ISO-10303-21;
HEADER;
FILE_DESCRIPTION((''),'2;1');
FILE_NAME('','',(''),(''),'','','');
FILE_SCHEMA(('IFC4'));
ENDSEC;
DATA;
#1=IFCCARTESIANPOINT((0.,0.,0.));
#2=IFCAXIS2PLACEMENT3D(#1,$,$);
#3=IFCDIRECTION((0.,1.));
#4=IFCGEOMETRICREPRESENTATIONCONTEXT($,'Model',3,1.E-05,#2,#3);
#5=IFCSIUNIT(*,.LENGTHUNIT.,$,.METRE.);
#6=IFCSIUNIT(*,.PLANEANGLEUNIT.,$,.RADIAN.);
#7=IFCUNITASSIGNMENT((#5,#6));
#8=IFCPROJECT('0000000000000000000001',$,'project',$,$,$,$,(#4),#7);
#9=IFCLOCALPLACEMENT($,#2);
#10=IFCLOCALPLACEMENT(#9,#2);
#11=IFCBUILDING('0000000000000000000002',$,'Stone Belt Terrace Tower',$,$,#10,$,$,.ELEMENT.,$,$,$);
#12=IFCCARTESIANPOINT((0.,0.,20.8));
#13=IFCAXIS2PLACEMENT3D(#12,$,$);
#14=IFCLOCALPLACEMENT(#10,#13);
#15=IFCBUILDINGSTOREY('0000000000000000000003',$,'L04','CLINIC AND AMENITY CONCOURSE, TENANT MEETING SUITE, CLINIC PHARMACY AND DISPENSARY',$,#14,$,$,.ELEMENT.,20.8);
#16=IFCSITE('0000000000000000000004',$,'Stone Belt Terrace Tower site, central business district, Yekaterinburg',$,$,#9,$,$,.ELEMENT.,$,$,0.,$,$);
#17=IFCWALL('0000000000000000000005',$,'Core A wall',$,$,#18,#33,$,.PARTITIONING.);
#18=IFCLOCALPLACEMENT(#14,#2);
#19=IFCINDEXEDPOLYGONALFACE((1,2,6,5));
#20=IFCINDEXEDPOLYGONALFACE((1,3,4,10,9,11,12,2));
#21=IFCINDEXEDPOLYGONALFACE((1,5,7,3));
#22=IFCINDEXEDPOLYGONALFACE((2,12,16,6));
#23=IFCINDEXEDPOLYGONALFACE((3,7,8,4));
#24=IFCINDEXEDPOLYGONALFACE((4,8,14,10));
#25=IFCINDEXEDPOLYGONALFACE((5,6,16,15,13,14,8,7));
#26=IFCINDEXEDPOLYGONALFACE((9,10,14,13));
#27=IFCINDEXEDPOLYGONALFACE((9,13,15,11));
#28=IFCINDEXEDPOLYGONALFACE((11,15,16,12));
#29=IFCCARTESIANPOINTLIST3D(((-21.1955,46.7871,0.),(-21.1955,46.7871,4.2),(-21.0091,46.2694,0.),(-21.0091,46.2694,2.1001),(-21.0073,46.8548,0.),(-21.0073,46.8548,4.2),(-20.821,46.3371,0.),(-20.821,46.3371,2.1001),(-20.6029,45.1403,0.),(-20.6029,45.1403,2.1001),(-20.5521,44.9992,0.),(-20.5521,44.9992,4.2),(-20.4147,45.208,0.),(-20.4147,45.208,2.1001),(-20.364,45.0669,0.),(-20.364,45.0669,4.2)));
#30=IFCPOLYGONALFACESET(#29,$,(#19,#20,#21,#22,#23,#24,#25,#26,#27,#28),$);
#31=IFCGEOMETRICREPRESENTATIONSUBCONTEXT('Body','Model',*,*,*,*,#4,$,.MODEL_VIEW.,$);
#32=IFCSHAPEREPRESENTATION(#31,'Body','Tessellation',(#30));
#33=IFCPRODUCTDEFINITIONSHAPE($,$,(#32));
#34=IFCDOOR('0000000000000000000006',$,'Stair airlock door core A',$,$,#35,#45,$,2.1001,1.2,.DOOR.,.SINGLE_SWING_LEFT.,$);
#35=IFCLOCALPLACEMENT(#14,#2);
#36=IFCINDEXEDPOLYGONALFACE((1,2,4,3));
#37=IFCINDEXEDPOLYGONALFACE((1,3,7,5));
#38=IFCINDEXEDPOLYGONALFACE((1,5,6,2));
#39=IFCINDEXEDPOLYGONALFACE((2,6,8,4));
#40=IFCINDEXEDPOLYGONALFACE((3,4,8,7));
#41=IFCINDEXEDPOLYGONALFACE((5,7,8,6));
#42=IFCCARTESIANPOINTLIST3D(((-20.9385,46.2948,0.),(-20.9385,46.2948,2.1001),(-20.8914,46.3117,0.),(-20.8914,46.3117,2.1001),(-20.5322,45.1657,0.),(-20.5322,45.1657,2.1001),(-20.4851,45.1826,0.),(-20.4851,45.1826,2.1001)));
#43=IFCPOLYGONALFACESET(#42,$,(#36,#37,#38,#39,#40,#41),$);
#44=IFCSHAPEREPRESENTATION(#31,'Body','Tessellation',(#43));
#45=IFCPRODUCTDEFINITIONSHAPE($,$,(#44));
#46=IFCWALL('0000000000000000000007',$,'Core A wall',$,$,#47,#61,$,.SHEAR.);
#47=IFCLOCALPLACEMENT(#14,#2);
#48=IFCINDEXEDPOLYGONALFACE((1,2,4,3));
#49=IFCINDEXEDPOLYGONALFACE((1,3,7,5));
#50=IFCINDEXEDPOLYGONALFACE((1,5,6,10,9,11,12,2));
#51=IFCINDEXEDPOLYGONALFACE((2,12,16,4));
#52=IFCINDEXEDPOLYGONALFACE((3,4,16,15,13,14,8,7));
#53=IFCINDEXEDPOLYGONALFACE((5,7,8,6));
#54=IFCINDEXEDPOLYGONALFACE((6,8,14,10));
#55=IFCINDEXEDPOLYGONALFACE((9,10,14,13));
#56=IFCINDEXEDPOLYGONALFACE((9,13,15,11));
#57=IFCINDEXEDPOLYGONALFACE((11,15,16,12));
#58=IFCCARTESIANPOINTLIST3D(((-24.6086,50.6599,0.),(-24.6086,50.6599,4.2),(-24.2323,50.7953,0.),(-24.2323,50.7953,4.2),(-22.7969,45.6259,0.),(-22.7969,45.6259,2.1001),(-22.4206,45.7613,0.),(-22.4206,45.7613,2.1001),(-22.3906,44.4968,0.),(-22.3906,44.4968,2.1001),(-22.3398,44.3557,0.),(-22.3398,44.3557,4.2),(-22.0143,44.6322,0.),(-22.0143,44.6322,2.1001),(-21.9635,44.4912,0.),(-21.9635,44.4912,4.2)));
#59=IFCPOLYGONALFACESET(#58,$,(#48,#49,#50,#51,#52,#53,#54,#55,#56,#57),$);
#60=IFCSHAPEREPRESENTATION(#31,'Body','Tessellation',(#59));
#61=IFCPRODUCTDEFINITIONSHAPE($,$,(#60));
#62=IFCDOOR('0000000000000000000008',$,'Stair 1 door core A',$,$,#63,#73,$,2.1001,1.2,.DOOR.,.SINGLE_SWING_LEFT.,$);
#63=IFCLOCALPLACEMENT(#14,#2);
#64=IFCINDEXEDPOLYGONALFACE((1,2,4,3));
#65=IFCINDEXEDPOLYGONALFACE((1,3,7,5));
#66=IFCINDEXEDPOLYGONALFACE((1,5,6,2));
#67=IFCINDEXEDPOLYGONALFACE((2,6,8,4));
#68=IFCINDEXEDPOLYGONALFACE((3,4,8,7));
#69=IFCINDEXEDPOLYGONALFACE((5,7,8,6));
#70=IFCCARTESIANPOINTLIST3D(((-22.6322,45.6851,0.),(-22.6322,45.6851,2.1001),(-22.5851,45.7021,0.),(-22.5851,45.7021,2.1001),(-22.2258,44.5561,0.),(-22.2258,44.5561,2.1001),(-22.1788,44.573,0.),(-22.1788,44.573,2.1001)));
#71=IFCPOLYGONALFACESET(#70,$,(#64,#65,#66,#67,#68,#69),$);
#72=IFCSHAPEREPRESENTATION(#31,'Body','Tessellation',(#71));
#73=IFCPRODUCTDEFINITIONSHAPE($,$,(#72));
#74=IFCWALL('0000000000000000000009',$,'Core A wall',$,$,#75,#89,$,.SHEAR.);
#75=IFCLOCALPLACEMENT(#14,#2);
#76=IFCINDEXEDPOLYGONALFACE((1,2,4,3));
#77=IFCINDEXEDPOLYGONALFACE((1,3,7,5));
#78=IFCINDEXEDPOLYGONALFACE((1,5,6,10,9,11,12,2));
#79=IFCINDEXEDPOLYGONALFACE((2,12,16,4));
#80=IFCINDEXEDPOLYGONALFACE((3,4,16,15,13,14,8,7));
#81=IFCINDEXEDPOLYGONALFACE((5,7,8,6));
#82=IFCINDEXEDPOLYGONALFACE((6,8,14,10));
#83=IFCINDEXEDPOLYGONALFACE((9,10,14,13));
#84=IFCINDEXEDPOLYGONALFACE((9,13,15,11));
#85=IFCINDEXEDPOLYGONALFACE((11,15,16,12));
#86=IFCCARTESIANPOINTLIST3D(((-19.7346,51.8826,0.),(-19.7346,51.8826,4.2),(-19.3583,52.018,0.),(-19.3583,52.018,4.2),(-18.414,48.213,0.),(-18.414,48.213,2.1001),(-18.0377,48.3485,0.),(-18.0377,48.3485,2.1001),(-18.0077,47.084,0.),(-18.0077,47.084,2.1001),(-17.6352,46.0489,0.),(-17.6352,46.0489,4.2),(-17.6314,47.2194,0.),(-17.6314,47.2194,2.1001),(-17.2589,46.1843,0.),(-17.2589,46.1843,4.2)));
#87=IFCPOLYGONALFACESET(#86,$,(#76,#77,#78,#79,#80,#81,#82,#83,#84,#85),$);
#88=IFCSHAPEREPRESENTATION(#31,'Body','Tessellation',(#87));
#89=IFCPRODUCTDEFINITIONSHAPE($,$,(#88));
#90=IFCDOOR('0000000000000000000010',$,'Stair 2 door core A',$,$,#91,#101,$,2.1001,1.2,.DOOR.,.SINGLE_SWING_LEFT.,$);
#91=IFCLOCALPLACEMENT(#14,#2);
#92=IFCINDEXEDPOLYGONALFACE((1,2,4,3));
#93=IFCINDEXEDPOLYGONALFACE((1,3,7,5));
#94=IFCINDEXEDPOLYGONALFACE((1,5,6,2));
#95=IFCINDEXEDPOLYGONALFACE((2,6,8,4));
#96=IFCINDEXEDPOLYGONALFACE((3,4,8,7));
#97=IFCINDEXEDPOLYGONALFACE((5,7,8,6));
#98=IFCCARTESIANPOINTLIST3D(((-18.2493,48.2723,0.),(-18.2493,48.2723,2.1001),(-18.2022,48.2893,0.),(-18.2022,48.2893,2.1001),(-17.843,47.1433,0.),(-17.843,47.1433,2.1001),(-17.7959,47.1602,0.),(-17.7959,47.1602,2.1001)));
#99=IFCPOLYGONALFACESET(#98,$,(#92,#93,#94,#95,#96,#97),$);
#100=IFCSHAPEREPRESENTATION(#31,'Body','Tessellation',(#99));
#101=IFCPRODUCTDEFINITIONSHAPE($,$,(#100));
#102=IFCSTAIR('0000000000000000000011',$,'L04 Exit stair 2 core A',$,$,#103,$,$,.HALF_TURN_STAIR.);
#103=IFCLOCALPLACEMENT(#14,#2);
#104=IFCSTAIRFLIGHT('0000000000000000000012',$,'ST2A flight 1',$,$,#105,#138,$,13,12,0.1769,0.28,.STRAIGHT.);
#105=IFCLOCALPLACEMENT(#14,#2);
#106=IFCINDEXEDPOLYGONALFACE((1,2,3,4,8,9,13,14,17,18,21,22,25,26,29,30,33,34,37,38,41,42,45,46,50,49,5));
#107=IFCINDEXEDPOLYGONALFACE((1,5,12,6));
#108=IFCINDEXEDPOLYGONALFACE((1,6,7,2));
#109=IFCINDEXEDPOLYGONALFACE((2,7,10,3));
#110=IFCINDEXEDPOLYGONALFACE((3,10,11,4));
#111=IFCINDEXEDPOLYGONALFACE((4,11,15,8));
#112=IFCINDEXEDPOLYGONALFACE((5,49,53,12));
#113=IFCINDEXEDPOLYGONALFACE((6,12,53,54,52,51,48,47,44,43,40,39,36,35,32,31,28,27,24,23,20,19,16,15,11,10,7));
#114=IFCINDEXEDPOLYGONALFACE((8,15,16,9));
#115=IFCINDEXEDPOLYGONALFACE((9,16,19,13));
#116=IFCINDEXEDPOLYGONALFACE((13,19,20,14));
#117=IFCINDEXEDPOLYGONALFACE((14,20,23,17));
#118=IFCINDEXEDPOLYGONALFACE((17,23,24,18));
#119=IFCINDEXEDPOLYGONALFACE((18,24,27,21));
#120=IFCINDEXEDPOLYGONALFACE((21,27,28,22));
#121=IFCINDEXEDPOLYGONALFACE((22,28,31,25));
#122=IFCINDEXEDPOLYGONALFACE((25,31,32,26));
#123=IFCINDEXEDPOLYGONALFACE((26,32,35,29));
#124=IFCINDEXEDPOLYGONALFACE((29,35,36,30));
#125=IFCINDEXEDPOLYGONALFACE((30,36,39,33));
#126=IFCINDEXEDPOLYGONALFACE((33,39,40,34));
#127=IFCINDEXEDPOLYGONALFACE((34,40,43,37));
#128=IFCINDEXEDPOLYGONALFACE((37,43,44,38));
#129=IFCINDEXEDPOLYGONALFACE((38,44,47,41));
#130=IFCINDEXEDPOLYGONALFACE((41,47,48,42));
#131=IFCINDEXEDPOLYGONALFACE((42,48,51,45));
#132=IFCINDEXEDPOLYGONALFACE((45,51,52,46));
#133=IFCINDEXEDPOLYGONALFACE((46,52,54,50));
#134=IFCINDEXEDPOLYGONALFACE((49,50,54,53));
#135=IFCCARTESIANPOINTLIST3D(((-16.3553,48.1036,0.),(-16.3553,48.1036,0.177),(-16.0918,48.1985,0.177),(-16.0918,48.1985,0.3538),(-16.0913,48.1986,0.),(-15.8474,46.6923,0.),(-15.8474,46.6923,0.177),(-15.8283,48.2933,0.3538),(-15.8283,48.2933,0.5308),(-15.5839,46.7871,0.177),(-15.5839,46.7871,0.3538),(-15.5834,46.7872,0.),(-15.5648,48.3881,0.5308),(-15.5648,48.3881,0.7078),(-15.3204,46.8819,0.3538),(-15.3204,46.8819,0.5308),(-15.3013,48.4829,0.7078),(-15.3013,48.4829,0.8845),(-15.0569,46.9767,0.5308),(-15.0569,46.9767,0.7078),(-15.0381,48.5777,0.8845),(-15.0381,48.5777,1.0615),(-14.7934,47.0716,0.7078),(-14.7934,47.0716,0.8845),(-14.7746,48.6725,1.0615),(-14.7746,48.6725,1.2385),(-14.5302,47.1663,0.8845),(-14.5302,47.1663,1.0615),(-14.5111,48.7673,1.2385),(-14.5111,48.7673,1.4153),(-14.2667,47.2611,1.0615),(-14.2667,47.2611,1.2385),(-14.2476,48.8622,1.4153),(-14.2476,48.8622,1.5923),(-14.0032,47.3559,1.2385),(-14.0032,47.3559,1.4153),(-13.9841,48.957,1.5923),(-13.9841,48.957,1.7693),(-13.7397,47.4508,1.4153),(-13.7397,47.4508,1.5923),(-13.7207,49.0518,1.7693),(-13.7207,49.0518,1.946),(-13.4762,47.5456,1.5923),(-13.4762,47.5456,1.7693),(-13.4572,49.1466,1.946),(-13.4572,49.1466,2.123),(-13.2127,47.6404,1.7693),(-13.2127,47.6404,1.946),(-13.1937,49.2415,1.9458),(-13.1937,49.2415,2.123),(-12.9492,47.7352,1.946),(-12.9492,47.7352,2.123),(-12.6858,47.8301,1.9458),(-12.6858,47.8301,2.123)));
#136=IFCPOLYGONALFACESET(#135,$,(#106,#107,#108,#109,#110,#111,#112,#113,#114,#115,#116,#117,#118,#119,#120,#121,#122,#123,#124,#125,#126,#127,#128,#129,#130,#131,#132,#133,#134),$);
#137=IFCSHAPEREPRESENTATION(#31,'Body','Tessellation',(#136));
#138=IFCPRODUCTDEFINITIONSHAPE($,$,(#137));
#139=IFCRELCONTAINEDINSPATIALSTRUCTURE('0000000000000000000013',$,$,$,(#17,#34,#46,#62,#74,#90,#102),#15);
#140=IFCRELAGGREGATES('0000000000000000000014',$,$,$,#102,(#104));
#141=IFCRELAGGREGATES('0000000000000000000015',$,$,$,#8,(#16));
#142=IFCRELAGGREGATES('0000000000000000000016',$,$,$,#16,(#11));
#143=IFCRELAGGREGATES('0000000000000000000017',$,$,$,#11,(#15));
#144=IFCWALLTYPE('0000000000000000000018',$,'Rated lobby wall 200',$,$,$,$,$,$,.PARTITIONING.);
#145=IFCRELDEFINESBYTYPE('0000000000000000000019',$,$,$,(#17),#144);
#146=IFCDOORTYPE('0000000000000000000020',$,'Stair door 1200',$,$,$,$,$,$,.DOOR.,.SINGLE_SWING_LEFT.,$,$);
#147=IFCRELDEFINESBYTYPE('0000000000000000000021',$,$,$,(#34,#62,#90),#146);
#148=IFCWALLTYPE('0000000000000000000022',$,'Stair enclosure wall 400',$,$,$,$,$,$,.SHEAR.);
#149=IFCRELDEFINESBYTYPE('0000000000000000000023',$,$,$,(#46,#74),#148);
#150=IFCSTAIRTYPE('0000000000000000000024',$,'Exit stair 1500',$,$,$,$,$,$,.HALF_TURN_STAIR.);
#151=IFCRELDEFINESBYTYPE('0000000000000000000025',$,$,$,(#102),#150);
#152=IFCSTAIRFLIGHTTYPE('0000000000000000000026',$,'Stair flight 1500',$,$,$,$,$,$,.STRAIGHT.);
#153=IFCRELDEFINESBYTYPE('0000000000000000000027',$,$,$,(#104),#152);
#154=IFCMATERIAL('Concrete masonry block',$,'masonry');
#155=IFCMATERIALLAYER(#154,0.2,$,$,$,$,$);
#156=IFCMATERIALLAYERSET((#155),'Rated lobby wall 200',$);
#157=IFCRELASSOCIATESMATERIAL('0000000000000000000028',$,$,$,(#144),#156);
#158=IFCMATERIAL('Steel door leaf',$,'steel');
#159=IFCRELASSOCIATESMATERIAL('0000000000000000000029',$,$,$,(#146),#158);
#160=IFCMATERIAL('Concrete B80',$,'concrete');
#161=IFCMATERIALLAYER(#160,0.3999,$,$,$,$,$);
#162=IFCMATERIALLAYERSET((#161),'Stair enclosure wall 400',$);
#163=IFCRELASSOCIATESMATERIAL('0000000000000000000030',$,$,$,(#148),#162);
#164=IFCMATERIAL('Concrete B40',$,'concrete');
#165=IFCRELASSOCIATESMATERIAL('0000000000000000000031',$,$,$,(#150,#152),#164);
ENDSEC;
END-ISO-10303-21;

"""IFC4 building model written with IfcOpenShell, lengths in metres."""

from ifc_helpers import new_model, si_unit, direction, frame, frame_2d, origin, place, context, subcontext, project, spatial, polyline, rectangle, outline, extrude, material, layer, layer_set, type_object, element, fill, aggregate, save


model = new_model("IFC4")

# Units and contexts
model_context = context("Model", 3, precision=1e-05, world=origin(), true_north=direction((0.0, 1.0)))
body_context = subcontext(model_context, "Body", "Model", "MODEL_VIEW")
ifc_project = project(units=[si_unit("LENGTHUNIT", "METRE"), si_unit("PLANEANGLEUNIT", "RADIAN")], contexts=[model_context])

# Site, building, storey
site_placement = place(None, origin())
site = spatial("IfcSite", under=ifc_project, at=site_placement, Name="Stone Belt Terrace Tower site, central business district, Yekaterinburg", CompositionType="ELEMENT", RefElevation=0.0)
building_placement = place(site_placement, origin())
building = spatial("IfcBuilding", under=site, at=building_placement, Name="Stone Belt Terrace Tower", CompositionType="ELEMENT")
storey_placement = place(building_placement, frame((0.0, 0.0, 20.8)))
storey = spatial("IfcBuildingStorey", under=building, at=storey_placement, Name="L04", Description="CLINIC AND AMENITY CONCOURSE, TENANT MEETING SUITE, CLINIC PHARMACY AND DISPENSARY", CompositionType="ELEMENT", Elevation=20.8)

# Shared definitions
ifc_material_1 = material(Name="Concrete B80", Category="concrete")

# Shared definitions
ifc_material_2 = material(Name="Concrete masonry block", Category="masonry")
ifc_layer_1 = layer(ifc_material_2, 0.2)
ifc_layer_set_1 = layer_set([ifc_layer_1], Name="Rated lobby wall 200")
wall_type_1 = type_object("IfcWallType", Name="Rated lobby wall 200", PredefinedType="PARTITIONING", material=ifc_layer_set_1)

# Walls, openings, doors
wall_1_placement = place(storey_placement, frame((-20.458, 45.033, 0.0), z_axis=(0.0, 0.0, 1.0), x_axis=(-0.338574, 0.94094, 0.0)))
wall_1 = element("IfcWall", 1, at=wall_1_placement, inside=storey, type_object=wall_type_1, Name="Core A wall", PredefinedType="PARTITIONING", context=body_context, shape_type="SweptSolid", body=[
    extrude(rectangle(XDim=1.9001, YDim=0.2, at=frame_2d((0.9502, 0.0))), origin(), (0.0, 0.0, 1.0), 4.2),
])
opening_1_placement = place(wall_1_placement, frame((0.1499, 0.0, 0.0)))
opening_1 = element("IfcOpeningElement", 2, at=opening_1_placement, cuts=wall_1, PredefinedType="OPENING", context=body_context, shape_type="SweptSolid", body=[
    extrude(rectangle(XDim=1.2, YDim=2.1001, at=frame_2d((0.6001, 1.05))), frame((0.0, 0.1099, 0.0), z_axis=(0.0, -1.0, 0.0), x_axis=(1.0, 0.0, 0.0)), (0.0, 0.0, 1.0), 0.22),
])
ifc_material_3 = material(Name="Steel door leaf", Category="steel")
door_type_1 = type_object("IfcDoorType", Name="Stair door 1200", OperationType="SINGLE_SWING_LEFT", PredefinedType="DOOR", material=ifc_material_3)
door_1_placement = place(opening_1_placement, origin())
door_1 = element("IfcDoor", 3, at=door_1_placement, inside=storey, type_object=door_type_1, Name="Stair airlock door core A", OperationType="SINGLE_SWING_LEFT", OverallHeight=2.1001, OverallWidth=1.2, PredefinedType="DOOR", context=body_context, shape_type="SweptSolid", body=[
    extrude(rectangle(XDim=1.2, YDim=2.1001, at=frame_2d((0.6001, 1.05))), frame((0.0, 0.0249, 0.0), z_axis=(0.0, -1.0, 0.0), x_axis=(1.0, 0.0, 0.0)), (0.0, 0.0, 1.0), 0.05),
])
fill(opening_1, door_1)
ifc_layer_2 = layer(ifc_material_1, 0.3999)
ifc_layer_set_2 = layer_set([ifc_layer_2], Name="Stair enclosure wall 400")
wall_type_2 = type_object("IfcWallType", Name="Stair enclosure wall 400", PredefinedType="SHEAR", material=ifc_layer_set_2)
wall_2_placement = place(storey_placement, frame((-22.1516, 44.4233, 0.0), z_axis=(0.0, 0.0, 1.0), x_axis=(-0.338625, 0.940921, 0.0)))
wall_2 = element("IfcWall", 4, at=wall_2_placement, inside=storey, type_object=wall_type_2, Name="Core A wall", PredefinedType="SHEAR", context=body_context, shape_type="SweptSolid", body=[
    extrude(rectangle(XDim=6.7, YDim=0.3999, at=frame_2d((3.3501, 0.0))), origin(), (0.0, 0.0, 1.0), 4.2),
])
opening_2_placement = place(wall_2_placement, frame((0.1499, 0.0, 0.0)))
opening_2 = element("IfcOpeningElement", 5, at=opening_2_placement, cuts=wall_2, PredefinedType="OPENING", context=body_context, shape_type="SweptSolid", body=[
    extrude(rectangle(XDim=1.2, YDim=2.1001, at=frame_2d((0.6001, 1.05))), frame((0.0, 0.21, 0.0), z_axis=(0.0, -1.0, 0.0), x_axis=(1.0, 0.0, 0.0)), (0.0, 0.0, 1.0), 0.4199),
])
door_2_placement = place(opening_2_placement, origin())
door_2 = element("IfcDoor", 6, at=door_2_placement, inside=storey, type_object=door_type_1, Name="Stair 1 door core A", OperationType="SINGLE_SWING_LEFT", OverallHeight=2.1001, OverallWidth=1.2, PredefinedType="DOOR", context=body_context, shape_type="SweptSolid", body=[
    extrude(rectangle(XDim=1.2, YDim=2.1001, at=frame_2d((0.6001, 1.05))), frame((0.0, 0.0249, 0.0), z_axis=(0.0, -1.0, 0.0), x_axis=(1.0, 0.0, 0.0)), (0.0, 0.0, 1.0), 0.05),
])
fill(opening_2, door_2)
wall_3_placement = place(storey_placement, frame((-17.447, 46.1165, 0.0), z_axis=(0.0, 0.0, 1.0), x_axis=(-0.338608, 0.940928, 0.0)))
wall_3 = element("IfcWall", 7, at=wall_3_placement, inside=storey, type_object=wall_type_2, Name="Core A wall", PredefinedType="SHEAR", context=body_context, shape_type="SweptSolid", body=[
    extrude(rectangle(XDim=6.2, YDim=0.3999, at=frame_2d((3.1001, 0.0))), origin(), (0.0, 0.0, 1.0), 4.2),
])
opening_3_placement = place(wall_3_placement, frame((1.1001, 0.0, 0.0)))
opening_3 = element("IfcOpeningElement", 8, at=opening_3_placement, cuts=wall_3, PredefinedType="OPENING", context=body_context, shape_type="SweptSolid", body=[
    extrude(rectangle(XDim=1.2, YDim=2.1001, at=frame_2d((0.6001, 1.05))), frame((0.0, 0.21, 0.0), z_axis=(0.0, -1.0, 0.0), x_axis=(1.0, 0.0, 0.0)), (0.0, 0.0, 1.0), 0.4199),
])
door_3_placement = place(opening_3_placement, origin())
door_3 = element("IfcDoor", 9, at=door_3_placement, inside=storey, type_object=door_type_1, Name="Stair 2 door core A", OperationType="SINGLE_SWING_LEFT", OverallHeight=2.1001, OverallWidth=1.2, PredefinedType="DOOR", context=body_context, shape_type="SweptSolid", body=[
    extrude(rectangle(XDim=1.2, YDim=2.1001, at=frame_2d((0.6001, 1.05))), frame((0.0, 0.0249, 0.0), z_axis=(0.0, -1.0, 0.0), x_axis=(1.0, 0.0, 0.0)), (0.0, 0.0, 1.0), 0.05),
])
fill(opening_3, door_3)

# Stair, stair flight
ifc_material_4 = material(Name="Concrete B40", Category="concrete")
stair_type = type_object("IfcStairType", Name="Exit stair 1500", PredefinedType="HALF_TURN_STAIR", material=ifc_material_4)
stair_placement = place(storey_placement, origin())
stair = element("IfcStair", 10, at=stair_placement, inside=storey, type_object=stair_type, Name="L04 Exit stair 2 core A", PredefinedType="HALF_TURN_STAIR")
stair_flight_type = type_object("IfcStairFlightType", Name="Stair flight 1500", PredefinedType="STRAIGHT", material=ifc_material_4)
stair_flight_placement = place(storey_placement, frame((-16.1013, 47.3979, 0.0), z_axis=(0.0, 0.0, 1.0), x_axis=(0.940922, 0.338624, 0.0)))
stair_flight = element("IfcStairFlight", 11, at=stair_flight_placement, type_object=stair_flight_type, Name="ST2A flight 1", NumberOfRisers=13, NumberOfTreads=12, PredefinedType="STRAIGHT", RiserHeight=0.1769, TreadLength=0.28, context=body_context, shape_type="SweptSolid", body=[
    extrude(outline(polyline([(0.0, 0.0), (0.0, 0.177), (0.28, 0.177), (0.28, 0.3538), (0.5601, 0.3538), (0.5601, 0.5308), (0.8401, 0.5308), (0.8401, 0.7078), (1.1201, 0.7078), (1.1201, 0.8845), (1.3999, 0.8845), (1.3999, 1.0615), (1.6799, 1.0615), (1.6799, 1.2385), (1.96, 1.2385), (1.96, 1.4153), (2.24, 1.4153), (2.24, 1.5923), (2.52, 1.5923), (2.52, 1.7693), (2.8, 1.7693), (2.8, 1.946), (3.0801, 1.946), (3.0801, 2.123), (3.3601, 2.123), (3.3601, 2.3), (3.3601, 1.9458), (0.2805, 0.0), (0.0, 0.0)])), frame((0.0, 0.75, 0.0), z_axis=(0.0, -1.0, 0.0), x_axis=(1.0, 0.0, 0.0)), (0.0, 0.0, 1.0), 1.5),
])
aggregate(stair, [stair_flight])

save(model, "model.ifc")
